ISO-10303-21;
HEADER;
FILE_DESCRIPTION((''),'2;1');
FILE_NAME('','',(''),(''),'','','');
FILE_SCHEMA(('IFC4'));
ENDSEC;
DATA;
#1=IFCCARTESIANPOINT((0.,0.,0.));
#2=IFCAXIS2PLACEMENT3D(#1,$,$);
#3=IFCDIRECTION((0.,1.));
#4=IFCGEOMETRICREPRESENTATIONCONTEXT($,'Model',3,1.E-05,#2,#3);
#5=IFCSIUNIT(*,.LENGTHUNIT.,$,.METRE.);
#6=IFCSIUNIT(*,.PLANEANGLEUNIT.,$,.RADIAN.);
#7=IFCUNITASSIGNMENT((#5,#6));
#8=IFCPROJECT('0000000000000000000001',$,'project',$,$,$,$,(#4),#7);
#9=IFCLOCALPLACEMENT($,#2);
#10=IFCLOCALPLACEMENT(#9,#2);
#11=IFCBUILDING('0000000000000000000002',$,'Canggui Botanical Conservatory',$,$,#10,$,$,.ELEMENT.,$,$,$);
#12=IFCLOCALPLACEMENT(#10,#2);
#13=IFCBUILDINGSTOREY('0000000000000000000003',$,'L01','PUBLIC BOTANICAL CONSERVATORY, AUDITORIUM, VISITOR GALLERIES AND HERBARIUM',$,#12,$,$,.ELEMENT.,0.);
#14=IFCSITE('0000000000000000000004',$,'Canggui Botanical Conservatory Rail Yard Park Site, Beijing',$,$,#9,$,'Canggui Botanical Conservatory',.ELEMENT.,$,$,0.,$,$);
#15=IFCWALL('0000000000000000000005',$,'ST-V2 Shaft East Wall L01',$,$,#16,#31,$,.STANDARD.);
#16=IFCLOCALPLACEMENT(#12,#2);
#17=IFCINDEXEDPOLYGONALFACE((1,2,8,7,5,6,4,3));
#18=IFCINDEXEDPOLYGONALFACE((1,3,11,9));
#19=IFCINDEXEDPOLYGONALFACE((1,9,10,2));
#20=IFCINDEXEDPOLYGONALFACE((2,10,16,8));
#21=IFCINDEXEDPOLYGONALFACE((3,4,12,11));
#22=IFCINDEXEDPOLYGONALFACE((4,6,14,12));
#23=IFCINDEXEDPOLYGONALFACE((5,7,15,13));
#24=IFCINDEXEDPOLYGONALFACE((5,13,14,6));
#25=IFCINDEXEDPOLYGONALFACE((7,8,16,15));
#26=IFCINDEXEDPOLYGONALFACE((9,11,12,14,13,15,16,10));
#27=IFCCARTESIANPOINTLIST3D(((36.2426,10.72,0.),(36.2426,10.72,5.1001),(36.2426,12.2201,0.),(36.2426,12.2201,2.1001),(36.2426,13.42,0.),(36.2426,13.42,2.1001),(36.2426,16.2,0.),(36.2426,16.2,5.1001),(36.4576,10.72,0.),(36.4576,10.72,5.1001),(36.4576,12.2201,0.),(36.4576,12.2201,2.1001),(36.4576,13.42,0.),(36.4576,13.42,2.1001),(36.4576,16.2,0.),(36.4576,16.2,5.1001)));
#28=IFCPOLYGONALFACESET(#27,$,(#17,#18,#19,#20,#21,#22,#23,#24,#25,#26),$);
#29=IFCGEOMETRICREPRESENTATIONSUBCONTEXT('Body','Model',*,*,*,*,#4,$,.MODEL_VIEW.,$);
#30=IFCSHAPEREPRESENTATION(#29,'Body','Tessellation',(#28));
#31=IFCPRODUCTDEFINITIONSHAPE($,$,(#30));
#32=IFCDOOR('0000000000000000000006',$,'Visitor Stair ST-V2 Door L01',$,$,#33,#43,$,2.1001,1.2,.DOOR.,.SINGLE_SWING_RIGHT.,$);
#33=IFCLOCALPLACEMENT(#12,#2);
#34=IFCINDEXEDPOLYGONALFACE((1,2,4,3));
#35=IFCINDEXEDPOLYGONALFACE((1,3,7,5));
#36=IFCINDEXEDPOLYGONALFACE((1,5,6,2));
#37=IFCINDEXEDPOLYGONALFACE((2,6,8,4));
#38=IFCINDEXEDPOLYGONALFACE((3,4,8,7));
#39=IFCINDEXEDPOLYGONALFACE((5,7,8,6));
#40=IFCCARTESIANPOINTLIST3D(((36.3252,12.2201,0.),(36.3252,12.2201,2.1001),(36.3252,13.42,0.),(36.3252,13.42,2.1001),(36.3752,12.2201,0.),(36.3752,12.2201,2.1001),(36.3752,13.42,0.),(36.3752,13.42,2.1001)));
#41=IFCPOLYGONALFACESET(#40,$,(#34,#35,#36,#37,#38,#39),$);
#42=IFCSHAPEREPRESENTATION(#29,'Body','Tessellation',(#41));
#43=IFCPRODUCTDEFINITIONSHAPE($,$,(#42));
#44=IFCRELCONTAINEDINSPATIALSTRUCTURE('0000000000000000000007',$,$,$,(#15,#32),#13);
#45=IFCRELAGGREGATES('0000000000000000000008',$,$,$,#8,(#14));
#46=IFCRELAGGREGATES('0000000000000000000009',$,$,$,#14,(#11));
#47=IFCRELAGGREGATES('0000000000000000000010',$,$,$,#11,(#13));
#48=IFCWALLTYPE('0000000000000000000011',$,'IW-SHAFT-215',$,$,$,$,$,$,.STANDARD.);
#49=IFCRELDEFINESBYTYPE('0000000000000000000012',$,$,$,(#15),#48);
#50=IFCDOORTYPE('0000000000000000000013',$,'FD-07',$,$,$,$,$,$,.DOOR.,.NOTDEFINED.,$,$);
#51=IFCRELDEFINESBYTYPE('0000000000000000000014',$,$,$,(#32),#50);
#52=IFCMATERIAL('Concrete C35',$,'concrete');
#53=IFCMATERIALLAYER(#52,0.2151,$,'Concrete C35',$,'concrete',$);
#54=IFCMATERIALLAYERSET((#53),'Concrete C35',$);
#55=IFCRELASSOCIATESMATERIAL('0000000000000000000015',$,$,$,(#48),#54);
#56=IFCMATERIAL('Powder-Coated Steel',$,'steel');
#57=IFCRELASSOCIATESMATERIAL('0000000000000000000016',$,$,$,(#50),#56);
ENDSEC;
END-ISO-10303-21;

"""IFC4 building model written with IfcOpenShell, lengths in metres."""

from ifc_helpers import new_model, si_unit, direction, frame, frame_2d, origin, place, context, subcontext, project, spatial, rectangle, extrude, material, layer, layer_set, type_object, element, fill, save


model = new_model("IFC4")

# Units and contexts
model_context = context("Model", 3, precision=1e-05, world=origin(), true_north=direction((0.0, 1.0)))
body_context = subcontext(model_context, "Body", "Model", "MODEL_VIEW")
ifc_project = project(units=[si_unit("LENGTHUNIT", "METRE"), si_unit("PLANEANGLEUNIT", "RADIAN")], contexts=[model_context])

# Site, building, storey
site_placement = place(None, origin())
site = spatial("IfcSite", under=ifc_project, at=site_placement, Name="Canggui Botanical Conservatory Rail Yard Park Site, Beijing", LongName="Canggui Botanical Conservatory", CompositionType="ELEMENT", RefElevation=0.0)
building_placement = place(site_placement, origin())
building = spatial("IfcBuilding", under=site, at=building_placement, Name="Canggui Botanical Conservatory", CompositionType="ELEMENT")
storey_placement = place(building_placement, origin())
storey = spatial("IfcBuildingStorey", under=building, at=storey_placement, Name="L01", Description="PUBLIC BOTANICAL CONSERVATORY, AUDITORIUM, VISITOR GALLERIES AND HERBARIUM", CompositionType="ELEMENT", Elevation=0.0)

# Shared definitions
ifc_material_1 = material(Name="Concrete C35", Category="concrete")

# Wall, opening, door
ifc_material_2 = material(Name="Powder-Coated Steel", Category="steel")
ifc_layer_1 = layer(ifc_material_1, 0.2151, Name="Concrete C35", Category="concrete")
ifc_layer_set_1 = layer_set([ifc_layer_1], Name="Concrete C35")
wall_type_1 = type_object("IfcWallType", Name="IW-SHAFT-215", PredefinedType="STANDARD", material=ifc_layer_set_1)
wall_1_placement = place(storey_placement, frame((36.3501, 10.72, 0.0), z_axis=(0.0, 0.0, 1.0), x_axis=(0.0, 1.0, 0.0)))
wall_1 = element("IfcWall", 1, at=wall_1_placement, inside=storey, type_object=wall_type_1, Name="ST-V2 Shaft East Wall L01", PredefinedType="STANDARD", context=body_context, shape_type="SweptSolid", body=[
    extrude(rectangle(XDim=5.48, YDim=0.2151, at=frame_2d((2.74, 0.0))), origin(), (0.0, 0.0, 1.0), 5.1001),
])
opening_1_placement = place(wall_1_placement, frame((1.5, 0.0, 0.0)))
opening_1 = element("IfcOpeningElement", 2, at=opening_1_placement, cuts=wall_1, PredefinedType="OPENING", context=body_context, shape_type="SweptSolid", body=[
    extrude(rectangle(XDim=1.2, YDim=2.1001, at=frame_2d((0.6001, 1.05))), frame((0.0, 0.1177, 0.0), z_axis=(0.0, -1.0, 0.0), x_axis=(1.0, 0.0, 0.0)), (0.0, 0.0, 1.0), 0.2351),
])
door_type_1 = type_object("IfcDoorType", Name="FD-07", OperationType="NOTDEFINED", PredefinedType="DOOR", material=ifc_material_2)
door_1_placement = place(opening_1_placement, origin())
door_1 = element("IfcDoor", 3, at=door_1_placement, inside=storey, type_object=door_type_1, Name="Visitor Stair ST-V2 Door L01", OperationType="SINGLE_SWING_RIGHT", OverallHeight=2.1001, OverallWidth=1.2, PredefinedType="DOOR", context=body_context, shape_type="SweptSolid", body=[
    extrude(rectangle(XDim=1.2, YDim=2.1001, at=frame_2d((0.6001, 1.05))), frame((0.0, 0.0249, 0.0), z_axis=(0.0, -1.0, 0.0), x_axis=(1.0, 0.0, 0.0)), (0.0, 0.0, 1.0), 0.05),
])
fill(opening_1, door_1)

save(model, "model.ifc")
